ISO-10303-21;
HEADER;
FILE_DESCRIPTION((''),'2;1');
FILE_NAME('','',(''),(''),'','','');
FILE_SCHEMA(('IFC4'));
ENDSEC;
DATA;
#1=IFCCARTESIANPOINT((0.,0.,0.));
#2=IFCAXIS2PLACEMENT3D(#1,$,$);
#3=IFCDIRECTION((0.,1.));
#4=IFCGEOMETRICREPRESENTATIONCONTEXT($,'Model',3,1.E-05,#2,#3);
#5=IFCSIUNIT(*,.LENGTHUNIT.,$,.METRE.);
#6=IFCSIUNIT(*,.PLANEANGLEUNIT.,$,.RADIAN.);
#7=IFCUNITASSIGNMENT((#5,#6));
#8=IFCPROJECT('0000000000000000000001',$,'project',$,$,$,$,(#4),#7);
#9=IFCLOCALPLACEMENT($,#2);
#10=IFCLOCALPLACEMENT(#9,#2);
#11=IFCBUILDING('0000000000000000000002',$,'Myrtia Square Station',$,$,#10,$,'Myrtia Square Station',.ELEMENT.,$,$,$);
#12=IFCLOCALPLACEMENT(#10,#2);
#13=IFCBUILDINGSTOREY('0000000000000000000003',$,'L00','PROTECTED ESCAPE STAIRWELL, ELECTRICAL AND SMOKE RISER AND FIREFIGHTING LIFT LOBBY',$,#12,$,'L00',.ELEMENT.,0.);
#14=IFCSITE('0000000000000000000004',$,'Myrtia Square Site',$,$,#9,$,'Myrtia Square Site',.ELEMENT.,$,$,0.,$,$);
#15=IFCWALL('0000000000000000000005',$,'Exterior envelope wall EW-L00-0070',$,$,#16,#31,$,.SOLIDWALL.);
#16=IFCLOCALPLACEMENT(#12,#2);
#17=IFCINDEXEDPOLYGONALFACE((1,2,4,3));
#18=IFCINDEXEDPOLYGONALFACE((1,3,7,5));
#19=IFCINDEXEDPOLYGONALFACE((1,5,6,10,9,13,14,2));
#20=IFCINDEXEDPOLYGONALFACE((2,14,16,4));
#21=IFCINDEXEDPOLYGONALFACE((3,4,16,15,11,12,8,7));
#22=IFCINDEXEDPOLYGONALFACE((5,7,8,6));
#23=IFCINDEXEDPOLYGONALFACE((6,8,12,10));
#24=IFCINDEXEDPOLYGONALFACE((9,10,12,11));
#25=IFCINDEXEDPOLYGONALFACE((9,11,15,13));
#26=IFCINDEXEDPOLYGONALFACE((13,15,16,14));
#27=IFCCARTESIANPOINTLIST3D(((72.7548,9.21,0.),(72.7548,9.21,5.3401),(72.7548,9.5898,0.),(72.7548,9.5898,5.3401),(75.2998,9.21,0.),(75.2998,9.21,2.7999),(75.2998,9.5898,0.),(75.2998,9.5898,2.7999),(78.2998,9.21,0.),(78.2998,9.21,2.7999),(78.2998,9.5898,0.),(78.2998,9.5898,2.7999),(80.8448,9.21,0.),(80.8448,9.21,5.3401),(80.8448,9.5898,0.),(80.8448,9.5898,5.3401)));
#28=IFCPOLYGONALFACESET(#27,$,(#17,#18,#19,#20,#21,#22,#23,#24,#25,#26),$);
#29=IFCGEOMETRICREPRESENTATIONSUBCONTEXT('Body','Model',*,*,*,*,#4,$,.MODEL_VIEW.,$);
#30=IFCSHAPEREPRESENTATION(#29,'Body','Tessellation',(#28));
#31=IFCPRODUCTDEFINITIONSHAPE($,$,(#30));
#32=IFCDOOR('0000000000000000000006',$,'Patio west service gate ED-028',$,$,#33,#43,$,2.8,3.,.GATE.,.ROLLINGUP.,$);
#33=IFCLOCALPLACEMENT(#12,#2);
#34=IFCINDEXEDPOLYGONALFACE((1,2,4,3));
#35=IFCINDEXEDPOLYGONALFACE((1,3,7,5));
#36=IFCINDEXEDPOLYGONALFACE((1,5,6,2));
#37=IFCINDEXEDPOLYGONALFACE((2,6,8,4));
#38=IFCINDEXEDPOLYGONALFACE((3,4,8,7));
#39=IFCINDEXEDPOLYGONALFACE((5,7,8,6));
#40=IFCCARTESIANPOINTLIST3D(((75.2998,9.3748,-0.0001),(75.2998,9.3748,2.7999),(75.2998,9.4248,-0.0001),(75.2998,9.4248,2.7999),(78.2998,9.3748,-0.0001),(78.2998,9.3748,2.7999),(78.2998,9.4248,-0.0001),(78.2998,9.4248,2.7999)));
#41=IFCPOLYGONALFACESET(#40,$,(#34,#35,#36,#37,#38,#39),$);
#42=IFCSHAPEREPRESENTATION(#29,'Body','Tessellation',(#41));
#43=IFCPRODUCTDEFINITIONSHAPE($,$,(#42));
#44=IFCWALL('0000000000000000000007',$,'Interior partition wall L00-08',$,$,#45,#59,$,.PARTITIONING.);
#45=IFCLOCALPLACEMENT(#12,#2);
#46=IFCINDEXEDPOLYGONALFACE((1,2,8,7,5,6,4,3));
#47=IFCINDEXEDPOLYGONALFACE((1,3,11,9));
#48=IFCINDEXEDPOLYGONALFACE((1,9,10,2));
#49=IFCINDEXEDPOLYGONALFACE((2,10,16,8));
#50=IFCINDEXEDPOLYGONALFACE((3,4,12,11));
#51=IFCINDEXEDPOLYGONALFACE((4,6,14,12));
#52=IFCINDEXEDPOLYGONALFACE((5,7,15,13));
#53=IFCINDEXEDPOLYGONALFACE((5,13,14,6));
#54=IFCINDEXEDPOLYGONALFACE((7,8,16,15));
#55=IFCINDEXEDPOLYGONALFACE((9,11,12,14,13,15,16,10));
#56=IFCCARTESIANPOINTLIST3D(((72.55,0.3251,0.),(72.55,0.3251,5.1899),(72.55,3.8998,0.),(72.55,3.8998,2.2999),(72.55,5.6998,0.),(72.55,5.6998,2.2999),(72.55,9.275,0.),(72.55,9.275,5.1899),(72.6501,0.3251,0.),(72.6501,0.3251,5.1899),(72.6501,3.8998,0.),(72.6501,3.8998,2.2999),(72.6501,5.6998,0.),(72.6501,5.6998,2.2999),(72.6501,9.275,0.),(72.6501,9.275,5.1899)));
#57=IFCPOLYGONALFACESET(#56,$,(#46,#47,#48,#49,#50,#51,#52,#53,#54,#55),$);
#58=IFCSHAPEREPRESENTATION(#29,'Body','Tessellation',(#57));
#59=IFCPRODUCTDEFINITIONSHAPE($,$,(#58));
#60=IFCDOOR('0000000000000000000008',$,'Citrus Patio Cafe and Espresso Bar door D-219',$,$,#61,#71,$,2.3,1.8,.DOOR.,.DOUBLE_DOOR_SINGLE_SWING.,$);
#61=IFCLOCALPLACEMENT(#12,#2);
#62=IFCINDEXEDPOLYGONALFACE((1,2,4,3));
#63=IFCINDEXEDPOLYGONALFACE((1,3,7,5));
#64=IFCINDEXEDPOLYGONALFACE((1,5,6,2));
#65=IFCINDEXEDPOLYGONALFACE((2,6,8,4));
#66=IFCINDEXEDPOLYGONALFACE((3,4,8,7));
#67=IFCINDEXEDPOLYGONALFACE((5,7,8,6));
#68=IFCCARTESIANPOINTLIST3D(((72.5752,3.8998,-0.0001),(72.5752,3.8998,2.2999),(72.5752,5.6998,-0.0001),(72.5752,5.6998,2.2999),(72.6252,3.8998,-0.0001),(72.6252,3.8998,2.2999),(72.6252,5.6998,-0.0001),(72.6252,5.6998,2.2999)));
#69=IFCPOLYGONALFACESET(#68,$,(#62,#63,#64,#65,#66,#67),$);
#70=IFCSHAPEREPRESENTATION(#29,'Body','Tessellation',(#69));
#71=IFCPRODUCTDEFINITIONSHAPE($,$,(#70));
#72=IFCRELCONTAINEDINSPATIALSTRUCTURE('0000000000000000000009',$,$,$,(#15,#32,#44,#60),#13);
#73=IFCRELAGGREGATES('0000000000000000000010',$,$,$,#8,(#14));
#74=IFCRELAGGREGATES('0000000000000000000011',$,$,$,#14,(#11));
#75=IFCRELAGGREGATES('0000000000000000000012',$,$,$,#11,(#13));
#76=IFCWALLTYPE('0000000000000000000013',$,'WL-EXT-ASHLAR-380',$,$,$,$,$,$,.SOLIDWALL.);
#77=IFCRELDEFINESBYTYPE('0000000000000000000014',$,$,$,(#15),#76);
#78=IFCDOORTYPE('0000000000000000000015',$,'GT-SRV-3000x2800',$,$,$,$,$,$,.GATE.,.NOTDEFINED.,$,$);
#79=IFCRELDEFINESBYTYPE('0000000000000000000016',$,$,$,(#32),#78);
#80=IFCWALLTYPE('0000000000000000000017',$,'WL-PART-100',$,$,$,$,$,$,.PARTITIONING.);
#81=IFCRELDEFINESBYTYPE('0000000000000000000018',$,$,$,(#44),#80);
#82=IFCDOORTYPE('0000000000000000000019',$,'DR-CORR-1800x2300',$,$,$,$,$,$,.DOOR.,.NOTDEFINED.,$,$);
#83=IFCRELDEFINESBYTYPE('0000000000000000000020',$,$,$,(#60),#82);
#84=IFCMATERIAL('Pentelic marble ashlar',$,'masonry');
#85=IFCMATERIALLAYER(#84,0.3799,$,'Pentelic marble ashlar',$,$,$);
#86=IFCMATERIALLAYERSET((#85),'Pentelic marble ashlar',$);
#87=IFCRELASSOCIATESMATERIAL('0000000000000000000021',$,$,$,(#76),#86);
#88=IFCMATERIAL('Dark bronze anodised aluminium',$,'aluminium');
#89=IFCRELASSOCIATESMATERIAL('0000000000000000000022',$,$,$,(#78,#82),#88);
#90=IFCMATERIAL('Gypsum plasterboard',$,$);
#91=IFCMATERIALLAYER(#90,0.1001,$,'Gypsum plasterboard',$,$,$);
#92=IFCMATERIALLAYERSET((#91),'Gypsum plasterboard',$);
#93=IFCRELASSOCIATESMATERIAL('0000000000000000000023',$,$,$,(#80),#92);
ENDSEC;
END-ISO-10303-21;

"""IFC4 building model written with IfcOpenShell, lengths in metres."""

from ifc_helpers import new_model, si_unit, direction, frame, frame_2d, origin, place, context, subcontext, project, spatial, rectangle, extrude, material, layer, layer_set, type_object, element, fill, save


model = new_model("IFC4")

# Units and contexts
model_context = context("Model", 3, precision=1e-05, world=origin(), true_north=direction((0.0, 1.0)))
body_context = subcontext(model_context, "Body", "Model", "MODEL_VIEW")
ifc_project = project(units=[si_unit("LENGTHUNIT", "METRE"), si_unit("PLANEANGLEUNIT", "RADIAN")], contexts=[model_context])

# Site, building, storey
site_placement = place(None, origin())
site = spatial("IfcSite", under=ifc_project, at=site_placement, Name="Myrtia Square Site", LongName="Myrtia Square Site", CompositionType="ELEMENT", RefElevation=0.0)
building_placement = place(site_placement, origin())
building = spatial("IfcBuilding", under=site, at=building_placement, Name="Myrtia Square Station", LongName="Myrtia Square Station", CompositionType="ELEMENT")
storey_placement = place(building_placement, origin())
storey = spatial("IfcBuildingStorey", under=building, at=storey_placement, Name="L00", Description="PROTECTED ESCAPE STAIRWELL, ELECTRICAL AND SMOKE RISER AND FIREFIGHTING LIFT LOBBY", LongName="L00", CompositionType="ELEMENT", Elevation=0.0)

# Shared definitions
ifc_material_1 = material(Name="Dark bronze anodised aluminium", Category="aluminium")

# Walls, openings, doors
ifc_material_2 = material(Name="Pentelic marble ashlar", Category="masonry")
ifc_layer_1 = layer(ifc_material_2, 0.3799, Name="Pentelic marble ashlar")
ifc_layer_set_1 = layer_set([ifc_layer_1], Name="Pentelic marble ashlar")
wall_type_1 = type_object("IfcWallType", Name="WL-EXT-ASHLAR-380", PredefinedType="SOLIDWALL", material=ifc_layer_set_1)
wall_1_placement = place(storey_placement, frame((72.7549, 9.3999, 0.0), z_axis=(0.0, 0.0, 1.0), x_axis=(1.0, 0.0, 0.0)))
wall_1 = element("IfcWall", 1, at=wall_1_placement, inside=storey, type_object=wall_type_1, Name="Exterior envelope wall EW-L00-0070", PredefinedType="SOLIDWALL", context=body_context, shape_type="SweptSolid", body=[
    extrude(rectangle(XDim=8.0901, YDim=0.3799, at=frame_2d((4.0449, 0.0))), origin(), (0.0, 0.0, 1.0), 5.3401),
])
opening_1_placement = place(wall_1_placement, frame((2.5449, 0.0, 0.0)))
opening_1 = element("IfcOpeningElement", 2, at=opening_1_placement, cuts=wall_1, PredefinedType="OPENING", context=body_context, shape_type="SweptSolid", body=[
    extrude(rectangle(XDim=3.0, YDim=2.8, at=frame_2d((1.5, 1.3999))), frame((0.0, 0.2048, 0.0), z_axis=(0.0, -1.0, 0.0), x_axis=(1.0, 0.0, 0.0)), (0.0, 0.0, 1.0), 0.4099),
])
door_type_1 = type_object("IfcDoorType", Name="GT-SRV-3000x2800", OperationType="NOTDEFINED", PredefinedType="GATE", material=ifc_material_1)
door_1_placement = place(opening_1_placement, origin())
door_1 = element("IfcDoor", 3, at=door_1_placement, inside=storey, type_object=door_type_1, Name="Patio west service gate ED-028", OperationType="ROLLINGUP", OverallHeight=2.8, OverallWidth=3.0, PredefinedType="GATE", context=body_context, shape_type="SweptSolid", body=[
    extrude(rectangle(XDim=3.0, YDim=2.8, at=frame_2d((1.5, 1.3999))), frame((0.0, 0.0249, 0.0), z_axis=(0.0, -1.0, 0.0), x_axis=(1.0, 0.0, 0.0)), (0.0, 0.0, 1.0), 0.05),
])
fill(opening_1, door_1)
ifc_material_3 = material(Name="Gypsum plasterboard")
ifc_layer_2 = layer(ifc_material_3, 0.1001, Name="Gypsum plasterboard")
ifc_layer_set_2 = layer_set([ifc_layer_2], Name="Gypsum plasterboard")
wall_type_2 = type_object("IfcWallType", Name="WL-PART-100", PredefinedType="PARTITIONING", material=ifc_layer_set_2)
wall_2_placement = place(storey_placement, frame((72.6001, 0.325, 0.0), z_axis=(0.0, 0.0, 1.0), x_axis=(0.0, 1.0, 0.0)))
wall_2 = element("IfcWall", 4, at=wall_2_placement, inside=storey, type_object=wall_type_2, Name="Interior partition wall L00-08", PredefinedType="PARTITIONING", context=body_context, shape_type="SweptSolid", body=[
    extrude(rectangle(XDim=8.95, YDim=0.1001, at=frame_2d((4.4751, 0.0))), origin(), (0.0, 0.0, 1.0), 5.1899),
])
opening_2_placement = place(wall_2_placement, frame((3.575, 0.0, 0.0)))
opening_2 = element("IfcOpeningElement", 5, at=opening_2_placement, cuts=wall_2, PredefinedType="OPENING", context=body_context, shape_type="SweptSolid", body=[
    extrude(rectangle(XDim=1.8, YDim=2.3, at=frame_2d((0.8999, 1.1499))), frame((0.0, 0.0649, 0.0), z_axis=(0.0, -1.0, 0.0), x_axis=(1.0, 0.0, 0.0)), (0.0, 0.0, 1.0), 0.1301),
])
door_type_2 = type_object("IfcDoorType", Name="DR-CORR-1800x2300", OperationType="NOTDEFINED", PredefinedType="DOOR", material=ifc_material_1)
door_2_placement = place(opening_2_placement, origin())
door_2 = element("IfcDoor", 6, at=door_2_placement, inside=storey, type_object=door_type_2, Name="Citrus Patio Cafe and Espresso Bar door D-219", OperationType="DOUBLE_DOOR_SINGLE_SWING", OverallHeight=2.3, OverallWidth=1.8, PredefinedType="DOOR", context=body_context, shape_type="SweptSolid", body=[
    extrude(rectangle(XDim=1.8, YDim=2.3, at=frame_2d((0.8999, 1.1499))), frame((0.0, 0.0249, 0.0), z_axis=(0.0, -1.0, 0.0), x_axis=(1.0, 0.0, 0.0)), (0.0, 0.0, 1.0), 0.05),
])
fill(opening_2, door_2)

save(model, "model.ifc")
